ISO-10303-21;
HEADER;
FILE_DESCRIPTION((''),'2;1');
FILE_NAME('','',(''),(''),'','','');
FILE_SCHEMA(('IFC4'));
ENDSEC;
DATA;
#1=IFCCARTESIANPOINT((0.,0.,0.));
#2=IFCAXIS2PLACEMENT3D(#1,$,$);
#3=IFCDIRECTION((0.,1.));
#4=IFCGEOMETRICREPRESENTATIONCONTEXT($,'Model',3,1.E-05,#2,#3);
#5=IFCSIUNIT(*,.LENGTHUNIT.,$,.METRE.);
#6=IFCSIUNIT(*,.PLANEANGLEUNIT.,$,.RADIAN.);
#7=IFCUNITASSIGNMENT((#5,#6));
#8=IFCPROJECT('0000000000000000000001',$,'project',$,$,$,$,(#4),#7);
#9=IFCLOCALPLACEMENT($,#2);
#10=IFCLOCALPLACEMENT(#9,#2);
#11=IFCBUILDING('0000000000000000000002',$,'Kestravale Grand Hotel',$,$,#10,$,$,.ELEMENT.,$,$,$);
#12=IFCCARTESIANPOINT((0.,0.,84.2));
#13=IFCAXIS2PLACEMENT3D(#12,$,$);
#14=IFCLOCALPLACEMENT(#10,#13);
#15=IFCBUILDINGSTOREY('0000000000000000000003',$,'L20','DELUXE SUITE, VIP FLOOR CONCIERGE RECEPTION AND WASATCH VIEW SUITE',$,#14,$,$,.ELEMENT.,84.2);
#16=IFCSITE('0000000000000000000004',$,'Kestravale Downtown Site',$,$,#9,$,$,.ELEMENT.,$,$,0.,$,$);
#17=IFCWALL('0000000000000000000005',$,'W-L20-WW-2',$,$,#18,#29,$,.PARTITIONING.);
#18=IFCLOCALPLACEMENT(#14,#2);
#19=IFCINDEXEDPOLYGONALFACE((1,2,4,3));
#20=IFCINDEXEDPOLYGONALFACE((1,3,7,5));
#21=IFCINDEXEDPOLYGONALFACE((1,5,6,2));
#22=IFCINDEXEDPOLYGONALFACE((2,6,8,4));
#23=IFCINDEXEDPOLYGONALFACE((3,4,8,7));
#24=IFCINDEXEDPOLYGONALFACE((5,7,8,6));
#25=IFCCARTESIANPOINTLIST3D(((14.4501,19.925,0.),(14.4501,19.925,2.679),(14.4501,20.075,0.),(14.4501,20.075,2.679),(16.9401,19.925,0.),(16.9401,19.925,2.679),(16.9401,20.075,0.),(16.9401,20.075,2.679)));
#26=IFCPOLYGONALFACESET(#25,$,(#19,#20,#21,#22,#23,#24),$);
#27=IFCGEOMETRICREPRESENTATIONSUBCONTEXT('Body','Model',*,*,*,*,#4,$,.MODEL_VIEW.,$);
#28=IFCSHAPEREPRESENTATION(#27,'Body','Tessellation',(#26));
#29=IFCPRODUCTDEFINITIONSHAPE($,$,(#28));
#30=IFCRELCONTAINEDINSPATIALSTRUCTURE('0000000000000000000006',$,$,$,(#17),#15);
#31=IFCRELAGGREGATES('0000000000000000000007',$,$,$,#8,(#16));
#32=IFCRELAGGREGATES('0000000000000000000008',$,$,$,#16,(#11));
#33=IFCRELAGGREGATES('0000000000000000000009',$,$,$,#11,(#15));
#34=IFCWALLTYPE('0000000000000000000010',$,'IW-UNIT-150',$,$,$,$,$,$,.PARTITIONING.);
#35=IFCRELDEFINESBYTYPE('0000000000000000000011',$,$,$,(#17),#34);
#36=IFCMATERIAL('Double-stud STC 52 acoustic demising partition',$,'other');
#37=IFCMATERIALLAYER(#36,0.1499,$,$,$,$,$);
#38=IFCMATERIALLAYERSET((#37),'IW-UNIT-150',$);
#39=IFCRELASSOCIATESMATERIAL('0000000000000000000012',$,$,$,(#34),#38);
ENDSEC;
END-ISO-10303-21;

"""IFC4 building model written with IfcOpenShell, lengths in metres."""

from ifc_helpers import new_model, si_unit, direction, frame, frame_2d, origin, place, context, subcontext, project, spatial, rectangle, extrude, material, layer, layer_set, type_object, element, save


model = new_model("IFC4")

# Units and contexts
model_context = context("Model", 3, precision=1e-05, world=origin(), true_north=direction((0.0, 1.0)))
body_context = subcontext(model_context, "Body", "Model", "MODEL_VIEW")
ifc_project = project(units=[si_unit("LENGTHUNIT", "METRE"), si_unit("PLANEANGLEUNIT", "RADIAN")], contexts=[model_context])

# Site, building, storey
site_placement = place(None, origin())
site = spatial("IfcSite", under=ifc_project, at=site_placement, Name="Kestravale Downtown Site", CompositionType="ELEMENT", RefElevation=0.0)
building_placement = place(site_placement, origin())
building = spatial("IfcBuilding", under=site, at=building_placement, Name="Kestravale Grand Hotel", CompositionType="ELEMENT")
storey_placement = place(building_placement, frame((0.0, 0.0, 84.2)))
storey = spatial("IfcBuildingStorey", under=building, at=storey_placement, Name="L20", Description="DELUXE SUITE, VIP FLOOR CONCIERGE RECEPTION AND WASATCH VIEW SUITE", CompositionType="ELEMENT", Elevation=84.2)

# Wall
ifc_material_1 = material(Name="Double-stud STC 52 acoustic demising partition", Category="other")
ifc_layer_1 = layer(ifc_material_1, 0.1499)
ifc_layer_set_1 = layer_set([ifc_layer_1], Name="IW-UNIT-150")
wall_type_1 = type_object("IfcWallType", Name="IW-UNIT-150", PredefinedType="PARTITIONING", material=ifc_layer_set_1)
wall_1_placement = place(storey_placement, frame((14.45, 20.0, 0.0), z_axis=(0.0, 0.0, 1.0), x_axis=(1.0, 0.0, 0.0)))
element("IfcWall", 1, at=wall_1_placement, inside=storey, type_object=wall_type_1, Name="W-L20-WW-2", PredefinedType="PARTITIONING", context=body_context, shape_type="SweptSolid", body=[
    extrude(rectangle(XDim=2.49, YDim=0.1499, at=frame_2d((1.2451, 0.0))), origin(), (0.0, 0.0, 1.0), 2.679),
])

save(model, "model.ifc")
